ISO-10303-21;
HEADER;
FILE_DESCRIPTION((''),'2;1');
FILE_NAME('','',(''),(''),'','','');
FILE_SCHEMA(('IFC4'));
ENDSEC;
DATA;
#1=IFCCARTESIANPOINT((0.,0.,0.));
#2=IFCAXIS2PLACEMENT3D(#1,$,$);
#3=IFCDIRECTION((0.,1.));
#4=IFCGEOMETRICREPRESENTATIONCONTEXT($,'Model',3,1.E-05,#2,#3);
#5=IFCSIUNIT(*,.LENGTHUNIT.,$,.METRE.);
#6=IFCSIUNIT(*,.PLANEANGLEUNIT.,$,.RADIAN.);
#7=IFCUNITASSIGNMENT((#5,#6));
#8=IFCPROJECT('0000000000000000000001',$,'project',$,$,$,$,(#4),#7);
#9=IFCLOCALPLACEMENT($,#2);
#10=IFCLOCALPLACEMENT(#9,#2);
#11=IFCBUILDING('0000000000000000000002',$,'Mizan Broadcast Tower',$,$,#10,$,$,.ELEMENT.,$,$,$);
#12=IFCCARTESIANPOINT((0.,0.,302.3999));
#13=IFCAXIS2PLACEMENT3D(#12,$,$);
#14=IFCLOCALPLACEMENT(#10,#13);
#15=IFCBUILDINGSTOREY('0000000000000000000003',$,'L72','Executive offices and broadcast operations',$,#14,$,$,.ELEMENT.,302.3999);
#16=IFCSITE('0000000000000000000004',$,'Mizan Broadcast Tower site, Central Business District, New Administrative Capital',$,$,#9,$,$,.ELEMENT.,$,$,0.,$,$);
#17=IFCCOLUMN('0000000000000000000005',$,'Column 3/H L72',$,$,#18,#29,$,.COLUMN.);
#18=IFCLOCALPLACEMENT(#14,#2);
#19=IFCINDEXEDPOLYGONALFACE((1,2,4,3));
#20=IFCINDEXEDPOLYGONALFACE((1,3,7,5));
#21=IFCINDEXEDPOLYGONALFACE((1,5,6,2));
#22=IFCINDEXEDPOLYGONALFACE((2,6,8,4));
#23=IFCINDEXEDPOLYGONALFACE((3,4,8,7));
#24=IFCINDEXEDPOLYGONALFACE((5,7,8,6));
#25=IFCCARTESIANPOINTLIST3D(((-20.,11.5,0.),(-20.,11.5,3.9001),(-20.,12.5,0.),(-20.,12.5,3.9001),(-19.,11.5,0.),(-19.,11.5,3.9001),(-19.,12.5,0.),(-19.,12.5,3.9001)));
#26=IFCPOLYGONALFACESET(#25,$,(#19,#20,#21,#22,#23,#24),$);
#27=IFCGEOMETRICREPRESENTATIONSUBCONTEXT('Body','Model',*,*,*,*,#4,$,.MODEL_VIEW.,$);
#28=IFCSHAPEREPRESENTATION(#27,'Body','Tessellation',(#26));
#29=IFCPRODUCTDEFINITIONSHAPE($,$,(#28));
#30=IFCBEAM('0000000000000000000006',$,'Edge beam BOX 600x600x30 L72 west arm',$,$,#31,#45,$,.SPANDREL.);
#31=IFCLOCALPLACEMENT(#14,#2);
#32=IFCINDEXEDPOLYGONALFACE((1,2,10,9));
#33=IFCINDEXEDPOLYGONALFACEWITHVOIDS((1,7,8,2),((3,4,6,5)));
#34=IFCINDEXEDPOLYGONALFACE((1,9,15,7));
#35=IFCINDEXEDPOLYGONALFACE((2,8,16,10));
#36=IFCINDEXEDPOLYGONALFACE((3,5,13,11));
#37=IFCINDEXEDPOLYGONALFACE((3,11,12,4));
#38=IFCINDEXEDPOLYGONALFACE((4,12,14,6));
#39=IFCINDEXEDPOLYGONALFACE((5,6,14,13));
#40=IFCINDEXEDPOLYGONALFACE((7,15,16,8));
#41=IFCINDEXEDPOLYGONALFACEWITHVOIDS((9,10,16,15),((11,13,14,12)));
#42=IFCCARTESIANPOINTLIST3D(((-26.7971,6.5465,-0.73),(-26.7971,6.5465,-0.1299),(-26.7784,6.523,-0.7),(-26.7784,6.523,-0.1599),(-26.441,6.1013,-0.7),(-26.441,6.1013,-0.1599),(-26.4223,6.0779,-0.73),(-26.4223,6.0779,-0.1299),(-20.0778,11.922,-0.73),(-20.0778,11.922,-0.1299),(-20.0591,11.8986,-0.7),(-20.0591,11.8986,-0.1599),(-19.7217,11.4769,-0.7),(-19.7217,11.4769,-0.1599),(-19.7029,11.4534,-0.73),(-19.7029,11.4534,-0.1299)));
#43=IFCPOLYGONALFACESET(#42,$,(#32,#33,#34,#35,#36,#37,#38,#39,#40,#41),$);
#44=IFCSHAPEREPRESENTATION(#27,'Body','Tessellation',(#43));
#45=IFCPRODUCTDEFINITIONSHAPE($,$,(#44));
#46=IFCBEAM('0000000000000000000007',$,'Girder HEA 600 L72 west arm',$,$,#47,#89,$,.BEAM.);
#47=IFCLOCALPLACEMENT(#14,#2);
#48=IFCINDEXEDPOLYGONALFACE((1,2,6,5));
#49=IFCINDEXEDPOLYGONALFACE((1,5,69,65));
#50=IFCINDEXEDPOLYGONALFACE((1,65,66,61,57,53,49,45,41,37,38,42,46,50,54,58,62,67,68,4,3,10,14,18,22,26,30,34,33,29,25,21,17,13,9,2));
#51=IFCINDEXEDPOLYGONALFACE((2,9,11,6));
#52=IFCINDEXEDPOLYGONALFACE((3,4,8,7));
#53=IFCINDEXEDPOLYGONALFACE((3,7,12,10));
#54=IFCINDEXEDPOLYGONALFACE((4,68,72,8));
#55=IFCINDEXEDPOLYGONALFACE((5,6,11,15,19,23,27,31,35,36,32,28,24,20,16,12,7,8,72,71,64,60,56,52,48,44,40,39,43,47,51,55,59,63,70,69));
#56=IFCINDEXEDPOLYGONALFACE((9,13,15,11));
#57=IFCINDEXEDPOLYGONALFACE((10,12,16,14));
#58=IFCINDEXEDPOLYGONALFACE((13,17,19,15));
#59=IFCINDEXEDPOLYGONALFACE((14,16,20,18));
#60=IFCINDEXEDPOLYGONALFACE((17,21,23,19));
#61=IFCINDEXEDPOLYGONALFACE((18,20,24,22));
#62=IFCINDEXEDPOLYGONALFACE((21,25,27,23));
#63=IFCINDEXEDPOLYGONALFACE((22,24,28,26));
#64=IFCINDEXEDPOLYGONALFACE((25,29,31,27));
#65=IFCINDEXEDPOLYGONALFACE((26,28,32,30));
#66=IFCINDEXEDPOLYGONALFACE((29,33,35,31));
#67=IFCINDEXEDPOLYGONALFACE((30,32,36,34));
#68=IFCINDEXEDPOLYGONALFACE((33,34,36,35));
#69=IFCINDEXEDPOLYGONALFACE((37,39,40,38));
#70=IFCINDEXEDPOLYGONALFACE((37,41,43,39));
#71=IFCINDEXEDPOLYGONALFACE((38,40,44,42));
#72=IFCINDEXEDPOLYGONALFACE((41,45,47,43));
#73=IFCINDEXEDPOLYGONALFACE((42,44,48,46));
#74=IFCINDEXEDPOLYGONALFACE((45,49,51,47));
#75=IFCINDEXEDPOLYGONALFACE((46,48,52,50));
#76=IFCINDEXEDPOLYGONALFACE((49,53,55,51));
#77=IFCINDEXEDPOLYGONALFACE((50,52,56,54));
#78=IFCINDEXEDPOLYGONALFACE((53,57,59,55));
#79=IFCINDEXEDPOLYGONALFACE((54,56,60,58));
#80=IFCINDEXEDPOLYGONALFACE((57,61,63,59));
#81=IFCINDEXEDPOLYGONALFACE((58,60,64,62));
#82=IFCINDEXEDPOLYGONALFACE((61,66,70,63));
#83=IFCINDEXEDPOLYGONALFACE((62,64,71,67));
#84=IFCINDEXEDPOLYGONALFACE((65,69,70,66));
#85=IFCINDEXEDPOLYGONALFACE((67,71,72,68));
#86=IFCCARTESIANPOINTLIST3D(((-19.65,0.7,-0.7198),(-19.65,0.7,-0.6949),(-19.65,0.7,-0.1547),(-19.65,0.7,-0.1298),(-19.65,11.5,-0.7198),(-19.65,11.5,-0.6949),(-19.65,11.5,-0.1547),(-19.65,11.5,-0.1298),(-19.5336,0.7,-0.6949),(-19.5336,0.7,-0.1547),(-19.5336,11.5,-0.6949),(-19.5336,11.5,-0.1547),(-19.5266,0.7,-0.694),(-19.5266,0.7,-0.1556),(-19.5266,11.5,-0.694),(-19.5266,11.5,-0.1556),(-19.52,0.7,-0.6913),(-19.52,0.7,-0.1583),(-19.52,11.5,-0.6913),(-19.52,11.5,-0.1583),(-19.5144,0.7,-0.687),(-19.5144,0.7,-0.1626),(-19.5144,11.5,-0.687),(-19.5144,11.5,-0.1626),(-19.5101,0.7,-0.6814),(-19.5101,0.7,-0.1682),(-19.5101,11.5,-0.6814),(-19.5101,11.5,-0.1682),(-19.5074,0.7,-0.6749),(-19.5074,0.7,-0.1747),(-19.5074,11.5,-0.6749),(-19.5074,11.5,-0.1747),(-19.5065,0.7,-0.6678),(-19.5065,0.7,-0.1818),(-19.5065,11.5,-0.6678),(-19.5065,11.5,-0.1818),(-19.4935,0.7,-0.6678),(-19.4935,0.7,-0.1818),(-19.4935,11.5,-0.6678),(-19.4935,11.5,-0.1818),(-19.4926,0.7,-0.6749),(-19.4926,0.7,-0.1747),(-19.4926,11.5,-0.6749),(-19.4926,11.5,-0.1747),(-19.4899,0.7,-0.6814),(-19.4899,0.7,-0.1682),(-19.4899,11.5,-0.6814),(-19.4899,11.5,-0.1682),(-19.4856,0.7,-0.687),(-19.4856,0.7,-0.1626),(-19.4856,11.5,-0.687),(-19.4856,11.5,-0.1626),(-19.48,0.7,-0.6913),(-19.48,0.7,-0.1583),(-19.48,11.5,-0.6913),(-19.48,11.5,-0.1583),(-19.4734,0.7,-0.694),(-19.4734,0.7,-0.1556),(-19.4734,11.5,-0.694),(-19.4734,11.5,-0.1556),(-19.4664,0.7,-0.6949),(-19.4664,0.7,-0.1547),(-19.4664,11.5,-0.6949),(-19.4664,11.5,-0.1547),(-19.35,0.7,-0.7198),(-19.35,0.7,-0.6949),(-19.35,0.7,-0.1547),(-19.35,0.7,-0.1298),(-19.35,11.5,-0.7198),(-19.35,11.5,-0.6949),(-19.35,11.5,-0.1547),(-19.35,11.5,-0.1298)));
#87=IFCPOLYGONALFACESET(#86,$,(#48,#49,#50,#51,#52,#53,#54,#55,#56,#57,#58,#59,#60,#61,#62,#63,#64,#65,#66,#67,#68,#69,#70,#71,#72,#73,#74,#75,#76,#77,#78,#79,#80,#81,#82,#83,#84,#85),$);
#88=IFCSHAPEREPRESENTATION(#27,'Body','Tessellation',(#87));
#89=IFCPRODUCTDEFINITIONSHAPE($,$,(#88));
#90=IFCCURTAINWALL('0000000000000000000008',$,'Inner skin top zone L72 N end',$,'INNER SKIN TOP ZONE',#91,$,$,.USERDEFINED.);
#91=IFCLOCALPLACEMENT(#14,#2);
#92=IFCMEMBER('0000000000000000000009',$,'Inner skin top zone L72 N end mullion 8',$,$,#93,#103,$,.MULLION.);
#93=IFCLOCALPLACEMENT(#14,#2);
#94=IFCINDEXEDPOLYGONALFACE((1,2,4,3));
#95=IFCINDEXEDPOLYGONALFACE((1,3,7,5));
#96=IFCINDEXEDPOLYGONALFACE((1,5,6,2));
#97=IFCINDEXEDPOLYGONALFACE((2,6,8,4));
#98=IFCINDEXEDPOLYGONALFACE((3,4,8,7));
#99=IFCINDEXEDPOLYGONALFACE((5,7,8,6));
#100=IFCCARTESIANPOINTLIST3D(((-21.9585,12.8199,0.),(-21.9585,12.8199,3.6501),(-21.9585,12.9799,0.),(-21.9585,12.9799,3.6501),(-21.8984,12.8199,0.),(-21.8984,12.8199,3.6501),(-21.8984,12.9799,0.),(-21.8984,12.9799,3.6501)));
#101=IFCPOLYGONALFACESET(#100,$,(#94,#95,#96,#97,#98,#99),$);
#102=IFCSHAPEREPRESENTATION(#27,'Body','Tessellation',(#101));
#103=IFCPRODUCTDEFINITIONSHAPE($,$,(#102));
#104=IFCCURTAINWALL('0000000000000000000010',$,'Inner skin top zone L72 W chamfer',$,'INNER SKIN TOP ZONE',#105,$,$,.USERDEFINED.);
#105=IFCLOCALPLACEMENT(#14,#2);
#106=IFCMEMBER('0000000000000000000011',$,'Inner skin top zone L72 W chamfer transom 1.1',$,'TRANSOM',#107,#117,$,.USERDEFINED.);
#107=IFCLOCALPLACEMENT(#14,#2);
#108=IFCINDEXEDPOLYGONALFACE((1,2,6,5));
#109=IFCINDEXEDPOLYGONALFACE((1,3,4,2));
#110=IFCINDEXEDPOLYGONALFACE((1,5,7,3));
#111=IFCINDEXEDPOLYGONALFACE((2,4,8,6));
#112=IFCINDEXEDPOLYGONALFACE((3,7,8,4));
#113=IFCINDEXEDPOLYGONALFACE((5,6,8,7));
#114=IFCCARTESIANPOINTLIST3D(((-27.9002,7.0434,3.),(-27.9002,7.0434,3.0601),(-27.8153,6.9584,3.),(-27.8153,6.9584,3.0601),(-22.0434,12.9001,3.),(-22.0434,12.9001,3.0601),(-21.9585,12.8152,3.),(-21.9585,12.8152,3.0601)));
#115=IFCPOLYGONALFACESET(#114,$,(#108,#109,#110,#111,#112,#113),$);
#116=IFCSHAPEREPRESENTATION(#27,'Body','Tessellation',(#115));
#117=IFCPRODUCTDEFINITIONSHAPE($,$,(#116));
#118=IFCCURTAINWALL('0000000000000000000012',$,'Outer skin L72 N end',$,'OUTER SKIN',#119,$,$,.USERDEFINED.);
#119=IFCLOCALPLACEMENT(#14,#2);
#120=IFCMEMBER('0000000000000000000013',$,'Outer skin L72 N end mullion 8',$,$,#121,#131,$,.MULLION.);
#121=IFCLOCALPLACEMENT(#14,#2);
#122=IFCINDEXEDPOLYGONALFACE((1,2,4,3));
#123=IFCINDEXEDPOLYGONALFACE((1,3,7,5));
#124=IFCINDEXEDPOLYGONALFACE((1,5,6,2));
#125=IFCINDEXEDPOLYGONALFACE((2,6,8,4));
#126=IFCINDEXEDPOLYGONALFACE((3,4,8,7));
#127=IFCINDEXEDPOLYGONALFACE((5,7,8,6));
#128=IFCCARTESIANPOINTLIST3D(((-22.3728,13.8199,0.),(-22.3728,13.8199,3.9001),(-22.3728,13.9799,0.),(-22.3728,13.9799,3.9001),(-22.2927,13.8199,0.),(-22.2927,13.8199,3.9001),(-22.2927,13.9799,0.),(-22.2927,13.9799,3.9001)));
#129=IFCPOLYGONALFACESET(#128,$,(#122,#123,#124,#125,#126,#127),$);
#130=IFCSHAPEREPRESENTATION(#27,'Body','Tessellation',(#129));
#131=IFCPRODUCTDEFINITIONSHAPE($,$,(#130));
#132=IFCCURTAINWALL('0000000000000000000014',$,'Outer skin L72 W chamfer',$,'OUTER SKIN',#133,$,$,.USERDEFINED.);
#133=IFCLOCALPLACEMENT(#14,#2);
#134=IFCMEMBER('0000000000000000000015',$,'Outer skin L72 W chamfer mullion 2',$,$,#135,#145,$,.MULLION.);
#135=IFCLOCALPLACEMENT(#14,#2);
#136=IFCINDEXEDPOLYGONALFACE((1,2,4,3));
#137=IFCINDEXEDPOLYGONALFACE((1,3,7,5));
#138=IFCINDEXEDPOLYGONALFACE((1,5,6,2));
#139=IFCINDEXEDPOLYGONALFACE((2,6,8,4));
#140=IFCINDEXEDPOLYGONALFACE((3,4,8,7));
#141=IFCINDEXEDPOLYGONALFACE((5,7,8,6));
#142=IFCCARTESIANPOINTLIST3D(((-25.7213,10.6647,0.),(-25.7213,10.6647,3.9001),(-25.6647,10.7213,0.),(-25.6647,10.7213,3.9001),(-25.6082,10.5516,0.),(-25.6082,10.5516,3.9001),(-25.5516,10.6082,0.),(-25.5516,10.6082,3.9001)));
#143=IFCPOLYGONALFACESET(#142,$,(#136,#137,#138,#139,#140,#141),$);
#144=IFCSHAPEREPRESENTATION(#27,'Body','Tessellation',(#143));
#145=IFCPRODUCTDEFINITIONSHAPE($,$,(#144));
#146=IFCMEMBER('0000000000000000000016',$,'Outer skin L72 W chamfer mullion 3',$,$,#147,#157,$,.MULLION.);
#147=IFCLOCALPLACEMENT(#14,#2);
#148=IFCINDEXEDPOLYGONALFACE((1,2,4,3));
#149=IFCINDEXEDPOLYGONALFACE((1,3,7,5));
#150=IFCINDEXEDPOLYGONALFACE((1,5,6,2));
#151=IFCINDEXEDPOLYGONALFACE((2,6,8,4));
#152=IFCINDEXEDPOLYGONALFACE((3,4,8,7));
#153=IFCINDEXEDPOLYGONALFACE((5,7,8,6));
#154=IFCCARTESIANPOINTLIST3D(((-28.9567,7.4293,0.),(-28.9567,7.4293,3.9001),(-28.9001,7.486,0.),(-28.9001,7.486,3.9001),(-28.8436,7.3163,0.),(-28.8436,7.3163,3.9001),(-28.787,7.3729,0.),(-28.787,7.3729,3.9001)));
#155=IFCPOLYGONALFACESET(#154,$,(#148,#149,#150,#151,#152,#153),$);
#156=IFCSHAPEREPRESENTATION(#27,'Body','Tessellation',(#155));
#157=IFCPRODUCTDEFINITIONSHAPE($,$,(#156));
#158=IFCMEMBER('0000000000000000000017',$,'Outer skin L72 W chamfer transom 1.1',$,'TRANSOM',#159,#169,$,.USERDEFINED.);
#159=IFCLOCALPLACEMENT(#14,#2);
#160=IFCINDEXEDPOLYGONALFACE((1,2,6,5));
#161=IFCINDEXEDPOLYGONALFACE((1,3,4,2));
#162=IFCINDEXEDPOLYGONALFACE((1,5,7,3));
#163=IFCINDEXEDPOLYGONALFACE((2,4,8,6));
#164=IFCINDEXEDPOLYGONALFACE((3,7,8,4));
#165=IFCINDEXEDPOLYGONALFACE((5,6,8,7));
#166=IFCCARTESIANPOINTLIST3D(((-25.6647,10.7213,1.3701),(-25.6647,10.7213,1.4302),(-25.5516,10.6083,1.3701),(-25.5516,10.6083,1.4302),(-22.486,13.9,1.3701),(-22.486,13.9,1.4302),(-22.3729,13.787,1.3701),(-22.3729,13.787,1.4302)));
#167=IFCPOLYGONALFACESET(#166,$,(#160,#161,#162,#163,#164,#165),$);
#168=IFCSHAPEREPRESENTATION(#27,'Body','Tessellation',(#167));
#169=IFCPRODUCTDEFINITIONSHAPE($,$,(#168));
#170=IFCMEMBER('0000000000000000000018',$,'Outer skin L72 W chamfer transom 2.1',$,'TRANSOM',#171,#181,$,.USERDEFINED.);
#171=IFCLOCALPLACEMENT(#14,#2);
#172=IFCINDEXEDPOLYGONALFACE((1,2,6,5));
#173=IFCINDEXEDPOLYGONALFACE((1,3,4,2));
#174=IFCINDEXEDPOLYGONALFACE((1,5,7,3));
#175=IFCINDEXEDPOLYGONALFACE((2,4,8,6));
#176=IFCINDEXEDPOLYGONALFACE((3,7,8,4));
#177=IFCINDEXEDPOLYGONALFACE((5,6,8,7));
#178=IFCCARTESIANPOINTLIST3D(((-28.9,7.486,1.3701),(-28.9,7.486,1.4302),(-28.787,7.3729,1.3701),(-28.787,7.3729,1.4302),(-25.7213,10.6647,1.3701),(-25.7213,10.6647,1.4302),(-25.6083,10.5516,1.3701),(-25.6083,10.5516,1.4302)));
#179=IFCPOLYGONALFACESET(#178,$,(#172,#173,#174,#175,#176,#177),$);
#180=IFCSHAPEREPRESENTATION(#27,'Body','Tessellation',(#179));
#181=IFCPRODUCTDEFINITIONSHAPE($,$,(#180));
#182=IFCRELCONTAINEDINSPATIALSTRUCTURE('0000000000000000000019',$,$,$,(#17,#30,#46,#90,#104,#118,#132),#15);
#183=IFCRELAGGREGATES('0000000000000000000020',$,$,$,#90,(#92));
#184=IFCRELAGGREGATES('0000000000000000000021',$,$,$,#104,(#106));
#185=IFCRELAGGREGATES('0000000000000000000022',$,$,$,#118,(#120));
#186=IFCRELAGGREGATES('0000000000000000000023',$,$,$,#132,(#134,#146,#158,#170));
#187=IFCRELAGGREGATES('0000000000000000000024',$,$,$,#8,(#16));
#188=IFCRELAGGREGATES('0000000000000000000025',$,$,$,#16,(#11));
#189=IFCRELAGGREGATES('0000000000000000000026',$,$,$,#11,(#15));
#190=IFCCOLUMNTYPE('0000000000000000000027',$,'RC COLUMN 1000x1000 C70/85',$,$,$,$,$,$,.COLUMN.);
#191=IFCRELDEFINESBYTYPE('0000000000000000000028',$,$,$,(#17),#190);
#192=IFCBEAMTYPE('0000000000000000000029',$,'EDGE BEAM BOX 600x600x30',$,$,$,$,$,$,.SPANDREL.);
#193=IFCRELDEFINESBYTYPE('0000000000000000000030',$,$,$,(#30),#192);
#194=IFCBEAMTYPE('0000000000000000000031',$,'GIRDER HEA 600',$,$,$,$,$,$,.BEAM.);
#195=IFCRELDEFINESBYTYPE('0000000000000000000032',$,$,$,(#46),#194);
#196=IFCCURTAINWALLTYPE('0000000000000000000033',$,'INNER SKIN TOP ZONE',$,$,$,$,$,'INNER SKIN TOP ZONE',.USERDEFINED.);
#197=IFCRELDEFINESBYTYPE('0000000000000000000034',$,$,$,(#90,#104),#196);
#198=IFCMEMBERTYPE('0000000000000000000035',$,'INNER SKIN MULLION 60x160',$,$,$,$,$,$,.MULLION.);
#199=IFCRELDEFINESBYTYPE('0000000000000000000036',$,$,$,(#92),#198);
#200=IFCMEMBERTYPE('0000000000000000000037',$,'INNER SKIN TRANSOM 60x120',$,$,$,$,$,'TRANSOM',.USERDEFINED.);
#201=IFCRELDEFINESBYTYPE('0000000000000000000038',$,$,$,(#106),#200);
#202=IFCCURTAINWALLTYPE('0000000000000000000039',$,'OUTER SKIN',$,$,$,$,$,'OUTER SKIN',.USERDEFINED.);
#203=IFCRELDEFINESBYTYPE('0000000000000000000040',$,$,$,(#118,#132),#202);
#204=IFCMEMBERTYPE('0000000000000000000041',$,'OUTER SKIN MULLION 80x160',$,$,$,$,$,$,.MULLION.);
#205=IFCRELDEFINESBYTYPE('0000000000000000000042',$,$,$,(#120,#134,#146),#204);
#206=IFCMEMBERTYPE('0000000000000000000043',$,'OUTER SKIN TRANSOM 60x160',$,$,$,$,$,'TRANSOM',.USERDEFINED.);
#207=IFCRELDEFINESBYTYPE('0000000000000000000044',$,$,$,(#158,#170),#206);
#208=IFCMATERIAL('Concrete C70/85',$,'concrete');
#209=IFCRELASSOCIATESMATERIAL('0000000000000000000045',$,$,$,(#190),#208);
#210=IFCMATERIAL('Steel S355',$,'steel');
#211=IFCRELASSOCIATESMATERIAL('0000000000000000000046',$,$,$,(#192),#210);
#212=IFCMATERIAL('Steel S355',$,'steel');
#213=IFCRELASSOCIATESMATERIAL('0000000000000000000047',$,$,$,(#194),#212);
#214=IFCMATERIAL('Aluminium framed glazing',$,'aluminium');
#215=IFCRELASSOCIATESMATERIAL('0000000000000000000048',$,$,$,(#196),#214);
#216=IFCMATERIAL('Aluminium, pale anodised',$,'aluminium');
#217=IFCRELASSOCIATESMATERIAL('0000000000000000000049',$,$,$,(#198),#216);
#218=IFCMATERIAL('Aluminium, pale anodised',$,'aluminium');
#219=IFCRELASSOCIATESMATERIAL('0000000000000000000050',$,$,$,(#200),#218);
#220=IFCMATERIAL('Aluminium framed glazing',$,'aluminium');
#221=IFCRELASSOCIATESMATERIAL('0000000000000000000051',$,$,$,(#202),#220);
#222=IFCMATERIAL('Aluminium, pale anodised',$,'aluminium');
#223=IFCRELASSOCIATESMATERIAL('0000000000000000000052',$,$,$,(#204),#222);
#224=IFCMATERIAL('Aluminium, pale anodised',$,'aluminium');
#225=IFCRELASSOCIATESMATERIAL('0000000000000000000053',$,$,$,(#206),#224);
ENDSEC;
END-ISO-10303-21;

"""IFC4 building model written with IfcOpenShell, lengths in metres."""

from ifc_helpers import new_model, si_unit, direction, frame, origin, origin_2d, place, context, subcontext, project, spatial, rectangle, hollow_rectangle, i_section, extrude, material, material_profile, profile_set, type_object, element, aggregate, save


model = new_model("IFC4")

# Units and contexts
model_context = context("Model", 3, precision=1e-05, world=origin(), true_north=direction((0.0, 1.0)))
body_context = subcontext(model_context, "Body", "Model", "MODEL_VIEW")
ifc_project = project(units=[si_unit("LENGTHUNIT", "METRE"), si_unit("PLANEANGLEUNIT", "RADIAN")], contexts=[model_context])

# Site, building, storey
site_placement = place(None, origin())
site = spatial("IfcSite", under=ifc_project, at=site_placement, Name="Mizan Broadcast Tower site, Central Business District, New Administrative Capital", CompositionType="ELEMENT", RefElevation=0.0)
building_placement = place(site_placement, origin())
building = spatial("IfcBuilding", under=site, at=building_placement, Name="Mizan Broadcast Tower", CompositionType="ELEMENT")
storey_placement = place(building_placement, frame((0.0, 0.0, 302.3999)))
storey = spatial("IfcBuildingStorey", under=building, at=storey_placement, Name="L72", Description="Executive offices and broadcast operations", CompositionType="ELEMENT", Elevation=302.3999)

# Column
ifc_material_1 = material(Name="Concrete C70/85", Category="concrete")
ifc_material_profile_1 = material_profile(ifc_material_1, rectangle(XDim=1.0, YDim=1.0, at=origin_2d()), Name="RC 1000x1000")
ifc_profile_set_1 = profile_set([ifc_material_profile_1], Name="Concrete C70/85")
column_type = type_object("IfcColumnType", Name="RC COLUMN 1000x1000 C70/85", PredefinedType="COLUMN", material=ifc_profile_set_1)
column_placement = place(storey_placement, frame((-19.5, 12.0, 0.0), z_axis=(0.0, 0.0, 1.0), x_axis=(1.0, 0.0, 0.0)))
element("IfcColumn", 1, at=column_placement, inside=storey, type_object=column_type, Name="Column 3/H L72", PredefinedType="COLUMN", context=body_context, shape_type="SweptSolid", body=[
    extrude(rectangle(XDim=1.0, YDim=1.0, at=origin_2d()), origin(), (0.0, 0.0, 1.0), 3.9001),
])

# Beams
ifc_material_2 = material(Name="Steel S355", Category="steel")
ifc_material_profile_2 = material_profile(ifc_material_2, hollow_rectangle(XDim=0.6001, YDim=0.6001, WallThickness=0.03, at=origin_2d()), Name="BOX 600x600x30")
ifc_profile_set_2 = profile_set([ifc_material_profile_2], Name="Steel S355")
beam_type_1 = type_object("IfcBeamType", Name="EDGE BEAM BOX 600x600x30", PredefinedType="SPANDREL", material=ifc_profile_set_2)
beam_1_placement = place(storey_placement, frame((-19.8904, 11.6877, -0.4299), z_axis=(-0.780863, -0.624702, 0.0), x_axis=(0.624702, -0.780863, 0.0)))
element("IfcBeam", 2, at=beam_1_placement, inside=storey, type_object=beam_type_1, Name="Edge beam BOX 600x600x30 L72 west arm", PredefinedType="SPANDREL", context=body_context, shape_type="SweptSolid", body=[
    extrude(hollow_rectangle(XDim=0.6001, YDim=0.6001, WallThickness=0.03, at=origin_2d()), origin(), (0.0, 0.0, 1.0), 8.605),
])
ifc_material_3 = material(Name="Steel S355", Category="steel")
ifc_material_profile_3 = material_profile(ifc_material_3, i_section(OverallWidth=0.3, OverallDepth=0.5901, WebThickness=0.0129, FlangeThickness=0.0249, FilletRadius=0.0271, at=origin_2d()), Name="HEA 600")
ifc_profile_set_3 = profile_set([ifc_material_profile_3], Name="Steel S355")
beam_type_2 = type_object("IfcBeamType", Name="GIRDER HEA 600", PredefinedType="BEAM", material=ifc_profile_set_3)
beam_2_placement = place(storey_placement, frame((-19.5, 11.5, -0.4248), z_axis=(0.0, -1.0, 0.0), x_axis=(1.0, 0.0, 0.0)))
element("IfcBeam", 3, at=beam_2_placement, inside=storey, type_object=beam_type_2, Name="Girder HEA 600 L72 west arm", PredefinedType="BEAM", context=body_context, shape_type="SweptSolid", body=[
    extrude(i_section(OverallWidth=0.3, OverallDepth=0.5901, WebThickness=0.0129, FlangeThickness=0.0249, FilletRadius=0.0271, at=origin_2d()), origin(), (0.0, 0.0, 1.0), 10.8),
])

# Curtain walls, members
ifc_material_4 = material(Name="Aluminium framed glazing", Category="aluminium")
curtain_wall_type_1 = type_object("IfcCurtainWallType", Name="INNER SKIN TOP ZONE", ElementType="INNER SKIN TOP ZONE", PredefinedType="USERDEFINED", material=ifc_material_4)
curtain_wall_1_placement = place(storey_placement, origin())
curtain_wall_1 = element("IfcCurtainWall", 4, at=curtain_wall_1_placement, inside=storey, type_object=curtain_wall_type_1, Name="Inner skin top zone L72 N end", ObjectType="INNER SKIN TOP ZONE", PredefinedType="USERDEFINED")
ifc_material_5 = material(Name="Aluminium, pale anodised", Category="aluminium")
ifc_material_profile_4 = material_profile(ifc_material_5, rectangle(XDim=0.1599, YDim=0.0601, at=origin_2d()), Name="MULLION 160x60")
ifc_profile_set_4 = profile_set([ifc_material_profile_4], Name="Aluminium, pale anodised")
member_type_1 = type_object("IfcMemberType", Name="INNER SKIN MULLION 60x160", PredefinedType="MULLION", material=ifc_profile_set_4)
member_1_placement = place(storey_placement, frame((-21.9285, 12.8999, 0.0), z_axis=(0.0, 0.0, 1.0), x_axis=(0.0, -1.0, 0.0)))
member_1 = element("IfcMember", 5, at=member_1_placement, type_object=member_type_1, Name="Inner skin top zone L72 N end mullion 8", PredefinedType="MULLION", context=body_context, shape_type="SweptSolid", body=[
    extrude(rectangle(XDim=0.1599, YDim=0.0601, at=origin_2d()), origin(), (0.0, 0.0, 1.0), 3.6501),
])
curtain_wall_2_placement = place(storey_placement, origin())
curtain_wall_2 = element("IfcCurtainWall", 6, at=curtain_wall_2_placement, inside=storey, type_object=curtain_wall_type_1, Name="Inner skin top zone L72 W chamfer", ObjectType="INNER SKIN TOP ZONE", PredefinedType="USERDEFINED")
ifc_material_6 = material(Name="Aluminium, pale anodised", Category="aluminium")
ifc_material_profile_5 = material_profile(ifc_material_6, rectangle(XDim=0.1201, YDim=0.0601, at=origin_2d()), Name="TRANSOM 120x60")
ifc_profile_set_5 = profile_set([ifc_material_profile_5], Name="Aluminium, pale anodised")
member_type_2 = type_object("IfcMemberType", Name="INNER SKIN TRANSOM 60x120", ElementType="TRANSOM", PredefinedType="USERDEFINED", material=ifc_profile_set_5)
member_2_placement = place(storey_placement, frame((-22.001, 12.8577, 3.03), z_axis=(-0.707107, -0.707107, 0.0), x_axis=(0.707107, -0.707107, 0.0)))
member_2 = element("IfcMember", 7, at=member_2_placement, type_object=member_type_2, Name="Inner skin top zone L72 W chamfer transom 1.1", ObjectType="TRANSOM", PredefinedType="USERDEFINED", context=body_context, shape_type="SweptSolid", body=[
    extrude(rectangle(XDim=0.1201, YDim=0.0601, at=origin_2d()), origin(), (0.0, 0.0, 1.0), 8.2827),
])
ifc_material_7 = material(Name="Aluminium framed glazing", Category="aluminium")
curtain_wall_type_2 = type_object("IfcCurtainWallType", Name="OUTER SKIN", ElementType="OUTER SKIN", PredefinedType="USERDEFINED", material=ifc_material_7)
curtain_wall_3_placement = place(storey_placement, origin())
curtain_wall_3 = element("IfcCurtainWall", 8, at=curtain_wall_3_placement, inside=storey, type_object=curtain_wall_type_2, Name="Outer skin L72 N end", ObjectType="OUTER SKIN", PredefinedType="USERDEFINED")
ifc_material_8 = material(Name="Aluminium, pale anodised", Category="aluminium")
ifc_material_profile_6 = material_profile(ifc_material_8, rectangle(XDim=0.1599, YDim=0.0801, at=origin_2d()), Name="MULLION 160x80")
ifc_profile_set_6 = profile_set([ifc_material_profile_6], Name="Aluminium, pale anodised")
member_type_3 = type_object("IfcMemberType", Name="OUTER SKIN MULLION 80x160", PredefinedType="MULLION", material=ifc_profile_set_6)
member_3_placement = place(storey_placement, frame((-22.3328, 13.8999, 0.0), z_axis=(0.0, 0.0, 1.0), x_axis=(0.0, -1.0, 0.0)))
member_3 = element("IfcMember", 9, at=member_3_placement, type_object=member_type_3, Name="Outer skin L72 N end mullion 8", PredefinedType="MULLION", context=body_context, shape_type="SweptSolid", body=[
    extrude(rectangle(XDim=0.1599, YDim=0.0801, at=origin_2d()), origin(), (0.0, 0.0, 1.0), 3.9001),
])

# Curtain wall, members
curtain_wall_4_placement = place(storey_placement, origin())
curtain_wall_4 = element("IfcCurtainWall", 10, at=curtain_wall_4_placement, inside=storey, type_object=curtain_wall_type_2, Name="Outer skin L72 W chamfer", ObjectType="OUTER SKIN", PredefinedType="USERDEFINED")
member_4_placement = place(storey_placement, frame((-25.6365, 10.6365, 0.0), z_axis=(0.0, 0.0, 1.0), x_axis=(0.707107, -0.707107, 0.0)))
member_4 = element("IfcMember", 11, at=member_4_placement, type_object=member_type_3, Name="Outer skin L72 W chamfer mullion 2", PredefinedType="MULLION", context=body_context, shape_type="SweptSolid", body=[
    extrude(rectangle(XDim=0.1599, YDim=0.0801, at=origin_2d()), origin(), (0.0, 0.0, 1.0), 3.9001),
])
member_5_placement = place(storey_placement, frame((-28.8718, 7.4011, 0.0), z_axis=(0.0, 0.0, 1.0), x_axis=(0.707107, -0.707107, 0.0)))
member_5 = element("IfcMember", 12, at=member_5_placement, type_object=member_type_3, Name="Outer skin L72 W chamfer mullion 3", PredefinedType="MULLION", context=body_context, shape_type="SweptSolid", body=[
    extrude(rectangle(XDim=0.1599, YDim=0.0801, at=origin_2d()), origin(), (0.0, 0.0, 1.0), 3.9001),
])
ifc_material_9 = material(Name="Aluminium, pale anodised", Category="aluminium")
ifc_material_profile_7 = material_profile(ifc_material_9, rectangle(XDim=0.1599, YDim=0.0601, at=origin_2d()), Name="TRANSOM 160x60")
ifc_profile_set_7 = profile_set([ifc_material_profile_7], Name="Aluminium, pale anodised")
member_type_4 = type_object("IfcMemberType", Name="OUTER SKIN TRANSOM 60x160", ElementType="TRANSOM", PredefinedType="USERDEFINED", material=ifc_profile_set_7)
member_6_placement = place(storey_placement, frame((-22.4294, 13.8435, 1.4001), z_axis=(-0.707107, -0.707107, 0.0), x_axis=(0.707107, -0.707107, 0.0)))
member_6 = element("IfcMember", 13, at=member_6_placement, type_object=member_type_4, Name="Outer skin L72 W chamfer transom 1.1", ObjectType="TRANSOM", PredefinedType="USERDEFINED", context=body_context, shape_type="SweptSolid", body=[
    extrude(rectangle(XDim=0.1599, YDim=0.0601, at=origin_2d()), origin(), (0.0, 0.0, 1.0), 4.4954),
])
member_7_placement = place(storey_placement, frame((-25.6648, 10.6082, 1.4001), z_axis=(-0.707107, -0.707107, 0.0), x_axis=(0.707107, -0.707107, 0.0)))
member_7 = element("IfcMember", 14, at=member_7_placement, type_object=member_type_4, Name="Outer skin L72 W chamfer transom 2.1", ObjectType="TRANSOM", PredefinedType="USERDEFINED", context=body_context, shape_type="SweptSolid", body=[
    extrude(rectangle(XDim=0.1599, YDim=0.0601, at=origin_2d()), origin(), (0.0, 0.0, 1.0), 4.4954),
])

aggregate(curtain_wall_1, [member_1])
aggregate(curtain_wall_2, [member_2])
aggregate(curtain_wall_3, [member_3])
aggregate(curtain_wall_4, [member_4, member_5, member_6, member_7])

save(model, "model.ifc")
